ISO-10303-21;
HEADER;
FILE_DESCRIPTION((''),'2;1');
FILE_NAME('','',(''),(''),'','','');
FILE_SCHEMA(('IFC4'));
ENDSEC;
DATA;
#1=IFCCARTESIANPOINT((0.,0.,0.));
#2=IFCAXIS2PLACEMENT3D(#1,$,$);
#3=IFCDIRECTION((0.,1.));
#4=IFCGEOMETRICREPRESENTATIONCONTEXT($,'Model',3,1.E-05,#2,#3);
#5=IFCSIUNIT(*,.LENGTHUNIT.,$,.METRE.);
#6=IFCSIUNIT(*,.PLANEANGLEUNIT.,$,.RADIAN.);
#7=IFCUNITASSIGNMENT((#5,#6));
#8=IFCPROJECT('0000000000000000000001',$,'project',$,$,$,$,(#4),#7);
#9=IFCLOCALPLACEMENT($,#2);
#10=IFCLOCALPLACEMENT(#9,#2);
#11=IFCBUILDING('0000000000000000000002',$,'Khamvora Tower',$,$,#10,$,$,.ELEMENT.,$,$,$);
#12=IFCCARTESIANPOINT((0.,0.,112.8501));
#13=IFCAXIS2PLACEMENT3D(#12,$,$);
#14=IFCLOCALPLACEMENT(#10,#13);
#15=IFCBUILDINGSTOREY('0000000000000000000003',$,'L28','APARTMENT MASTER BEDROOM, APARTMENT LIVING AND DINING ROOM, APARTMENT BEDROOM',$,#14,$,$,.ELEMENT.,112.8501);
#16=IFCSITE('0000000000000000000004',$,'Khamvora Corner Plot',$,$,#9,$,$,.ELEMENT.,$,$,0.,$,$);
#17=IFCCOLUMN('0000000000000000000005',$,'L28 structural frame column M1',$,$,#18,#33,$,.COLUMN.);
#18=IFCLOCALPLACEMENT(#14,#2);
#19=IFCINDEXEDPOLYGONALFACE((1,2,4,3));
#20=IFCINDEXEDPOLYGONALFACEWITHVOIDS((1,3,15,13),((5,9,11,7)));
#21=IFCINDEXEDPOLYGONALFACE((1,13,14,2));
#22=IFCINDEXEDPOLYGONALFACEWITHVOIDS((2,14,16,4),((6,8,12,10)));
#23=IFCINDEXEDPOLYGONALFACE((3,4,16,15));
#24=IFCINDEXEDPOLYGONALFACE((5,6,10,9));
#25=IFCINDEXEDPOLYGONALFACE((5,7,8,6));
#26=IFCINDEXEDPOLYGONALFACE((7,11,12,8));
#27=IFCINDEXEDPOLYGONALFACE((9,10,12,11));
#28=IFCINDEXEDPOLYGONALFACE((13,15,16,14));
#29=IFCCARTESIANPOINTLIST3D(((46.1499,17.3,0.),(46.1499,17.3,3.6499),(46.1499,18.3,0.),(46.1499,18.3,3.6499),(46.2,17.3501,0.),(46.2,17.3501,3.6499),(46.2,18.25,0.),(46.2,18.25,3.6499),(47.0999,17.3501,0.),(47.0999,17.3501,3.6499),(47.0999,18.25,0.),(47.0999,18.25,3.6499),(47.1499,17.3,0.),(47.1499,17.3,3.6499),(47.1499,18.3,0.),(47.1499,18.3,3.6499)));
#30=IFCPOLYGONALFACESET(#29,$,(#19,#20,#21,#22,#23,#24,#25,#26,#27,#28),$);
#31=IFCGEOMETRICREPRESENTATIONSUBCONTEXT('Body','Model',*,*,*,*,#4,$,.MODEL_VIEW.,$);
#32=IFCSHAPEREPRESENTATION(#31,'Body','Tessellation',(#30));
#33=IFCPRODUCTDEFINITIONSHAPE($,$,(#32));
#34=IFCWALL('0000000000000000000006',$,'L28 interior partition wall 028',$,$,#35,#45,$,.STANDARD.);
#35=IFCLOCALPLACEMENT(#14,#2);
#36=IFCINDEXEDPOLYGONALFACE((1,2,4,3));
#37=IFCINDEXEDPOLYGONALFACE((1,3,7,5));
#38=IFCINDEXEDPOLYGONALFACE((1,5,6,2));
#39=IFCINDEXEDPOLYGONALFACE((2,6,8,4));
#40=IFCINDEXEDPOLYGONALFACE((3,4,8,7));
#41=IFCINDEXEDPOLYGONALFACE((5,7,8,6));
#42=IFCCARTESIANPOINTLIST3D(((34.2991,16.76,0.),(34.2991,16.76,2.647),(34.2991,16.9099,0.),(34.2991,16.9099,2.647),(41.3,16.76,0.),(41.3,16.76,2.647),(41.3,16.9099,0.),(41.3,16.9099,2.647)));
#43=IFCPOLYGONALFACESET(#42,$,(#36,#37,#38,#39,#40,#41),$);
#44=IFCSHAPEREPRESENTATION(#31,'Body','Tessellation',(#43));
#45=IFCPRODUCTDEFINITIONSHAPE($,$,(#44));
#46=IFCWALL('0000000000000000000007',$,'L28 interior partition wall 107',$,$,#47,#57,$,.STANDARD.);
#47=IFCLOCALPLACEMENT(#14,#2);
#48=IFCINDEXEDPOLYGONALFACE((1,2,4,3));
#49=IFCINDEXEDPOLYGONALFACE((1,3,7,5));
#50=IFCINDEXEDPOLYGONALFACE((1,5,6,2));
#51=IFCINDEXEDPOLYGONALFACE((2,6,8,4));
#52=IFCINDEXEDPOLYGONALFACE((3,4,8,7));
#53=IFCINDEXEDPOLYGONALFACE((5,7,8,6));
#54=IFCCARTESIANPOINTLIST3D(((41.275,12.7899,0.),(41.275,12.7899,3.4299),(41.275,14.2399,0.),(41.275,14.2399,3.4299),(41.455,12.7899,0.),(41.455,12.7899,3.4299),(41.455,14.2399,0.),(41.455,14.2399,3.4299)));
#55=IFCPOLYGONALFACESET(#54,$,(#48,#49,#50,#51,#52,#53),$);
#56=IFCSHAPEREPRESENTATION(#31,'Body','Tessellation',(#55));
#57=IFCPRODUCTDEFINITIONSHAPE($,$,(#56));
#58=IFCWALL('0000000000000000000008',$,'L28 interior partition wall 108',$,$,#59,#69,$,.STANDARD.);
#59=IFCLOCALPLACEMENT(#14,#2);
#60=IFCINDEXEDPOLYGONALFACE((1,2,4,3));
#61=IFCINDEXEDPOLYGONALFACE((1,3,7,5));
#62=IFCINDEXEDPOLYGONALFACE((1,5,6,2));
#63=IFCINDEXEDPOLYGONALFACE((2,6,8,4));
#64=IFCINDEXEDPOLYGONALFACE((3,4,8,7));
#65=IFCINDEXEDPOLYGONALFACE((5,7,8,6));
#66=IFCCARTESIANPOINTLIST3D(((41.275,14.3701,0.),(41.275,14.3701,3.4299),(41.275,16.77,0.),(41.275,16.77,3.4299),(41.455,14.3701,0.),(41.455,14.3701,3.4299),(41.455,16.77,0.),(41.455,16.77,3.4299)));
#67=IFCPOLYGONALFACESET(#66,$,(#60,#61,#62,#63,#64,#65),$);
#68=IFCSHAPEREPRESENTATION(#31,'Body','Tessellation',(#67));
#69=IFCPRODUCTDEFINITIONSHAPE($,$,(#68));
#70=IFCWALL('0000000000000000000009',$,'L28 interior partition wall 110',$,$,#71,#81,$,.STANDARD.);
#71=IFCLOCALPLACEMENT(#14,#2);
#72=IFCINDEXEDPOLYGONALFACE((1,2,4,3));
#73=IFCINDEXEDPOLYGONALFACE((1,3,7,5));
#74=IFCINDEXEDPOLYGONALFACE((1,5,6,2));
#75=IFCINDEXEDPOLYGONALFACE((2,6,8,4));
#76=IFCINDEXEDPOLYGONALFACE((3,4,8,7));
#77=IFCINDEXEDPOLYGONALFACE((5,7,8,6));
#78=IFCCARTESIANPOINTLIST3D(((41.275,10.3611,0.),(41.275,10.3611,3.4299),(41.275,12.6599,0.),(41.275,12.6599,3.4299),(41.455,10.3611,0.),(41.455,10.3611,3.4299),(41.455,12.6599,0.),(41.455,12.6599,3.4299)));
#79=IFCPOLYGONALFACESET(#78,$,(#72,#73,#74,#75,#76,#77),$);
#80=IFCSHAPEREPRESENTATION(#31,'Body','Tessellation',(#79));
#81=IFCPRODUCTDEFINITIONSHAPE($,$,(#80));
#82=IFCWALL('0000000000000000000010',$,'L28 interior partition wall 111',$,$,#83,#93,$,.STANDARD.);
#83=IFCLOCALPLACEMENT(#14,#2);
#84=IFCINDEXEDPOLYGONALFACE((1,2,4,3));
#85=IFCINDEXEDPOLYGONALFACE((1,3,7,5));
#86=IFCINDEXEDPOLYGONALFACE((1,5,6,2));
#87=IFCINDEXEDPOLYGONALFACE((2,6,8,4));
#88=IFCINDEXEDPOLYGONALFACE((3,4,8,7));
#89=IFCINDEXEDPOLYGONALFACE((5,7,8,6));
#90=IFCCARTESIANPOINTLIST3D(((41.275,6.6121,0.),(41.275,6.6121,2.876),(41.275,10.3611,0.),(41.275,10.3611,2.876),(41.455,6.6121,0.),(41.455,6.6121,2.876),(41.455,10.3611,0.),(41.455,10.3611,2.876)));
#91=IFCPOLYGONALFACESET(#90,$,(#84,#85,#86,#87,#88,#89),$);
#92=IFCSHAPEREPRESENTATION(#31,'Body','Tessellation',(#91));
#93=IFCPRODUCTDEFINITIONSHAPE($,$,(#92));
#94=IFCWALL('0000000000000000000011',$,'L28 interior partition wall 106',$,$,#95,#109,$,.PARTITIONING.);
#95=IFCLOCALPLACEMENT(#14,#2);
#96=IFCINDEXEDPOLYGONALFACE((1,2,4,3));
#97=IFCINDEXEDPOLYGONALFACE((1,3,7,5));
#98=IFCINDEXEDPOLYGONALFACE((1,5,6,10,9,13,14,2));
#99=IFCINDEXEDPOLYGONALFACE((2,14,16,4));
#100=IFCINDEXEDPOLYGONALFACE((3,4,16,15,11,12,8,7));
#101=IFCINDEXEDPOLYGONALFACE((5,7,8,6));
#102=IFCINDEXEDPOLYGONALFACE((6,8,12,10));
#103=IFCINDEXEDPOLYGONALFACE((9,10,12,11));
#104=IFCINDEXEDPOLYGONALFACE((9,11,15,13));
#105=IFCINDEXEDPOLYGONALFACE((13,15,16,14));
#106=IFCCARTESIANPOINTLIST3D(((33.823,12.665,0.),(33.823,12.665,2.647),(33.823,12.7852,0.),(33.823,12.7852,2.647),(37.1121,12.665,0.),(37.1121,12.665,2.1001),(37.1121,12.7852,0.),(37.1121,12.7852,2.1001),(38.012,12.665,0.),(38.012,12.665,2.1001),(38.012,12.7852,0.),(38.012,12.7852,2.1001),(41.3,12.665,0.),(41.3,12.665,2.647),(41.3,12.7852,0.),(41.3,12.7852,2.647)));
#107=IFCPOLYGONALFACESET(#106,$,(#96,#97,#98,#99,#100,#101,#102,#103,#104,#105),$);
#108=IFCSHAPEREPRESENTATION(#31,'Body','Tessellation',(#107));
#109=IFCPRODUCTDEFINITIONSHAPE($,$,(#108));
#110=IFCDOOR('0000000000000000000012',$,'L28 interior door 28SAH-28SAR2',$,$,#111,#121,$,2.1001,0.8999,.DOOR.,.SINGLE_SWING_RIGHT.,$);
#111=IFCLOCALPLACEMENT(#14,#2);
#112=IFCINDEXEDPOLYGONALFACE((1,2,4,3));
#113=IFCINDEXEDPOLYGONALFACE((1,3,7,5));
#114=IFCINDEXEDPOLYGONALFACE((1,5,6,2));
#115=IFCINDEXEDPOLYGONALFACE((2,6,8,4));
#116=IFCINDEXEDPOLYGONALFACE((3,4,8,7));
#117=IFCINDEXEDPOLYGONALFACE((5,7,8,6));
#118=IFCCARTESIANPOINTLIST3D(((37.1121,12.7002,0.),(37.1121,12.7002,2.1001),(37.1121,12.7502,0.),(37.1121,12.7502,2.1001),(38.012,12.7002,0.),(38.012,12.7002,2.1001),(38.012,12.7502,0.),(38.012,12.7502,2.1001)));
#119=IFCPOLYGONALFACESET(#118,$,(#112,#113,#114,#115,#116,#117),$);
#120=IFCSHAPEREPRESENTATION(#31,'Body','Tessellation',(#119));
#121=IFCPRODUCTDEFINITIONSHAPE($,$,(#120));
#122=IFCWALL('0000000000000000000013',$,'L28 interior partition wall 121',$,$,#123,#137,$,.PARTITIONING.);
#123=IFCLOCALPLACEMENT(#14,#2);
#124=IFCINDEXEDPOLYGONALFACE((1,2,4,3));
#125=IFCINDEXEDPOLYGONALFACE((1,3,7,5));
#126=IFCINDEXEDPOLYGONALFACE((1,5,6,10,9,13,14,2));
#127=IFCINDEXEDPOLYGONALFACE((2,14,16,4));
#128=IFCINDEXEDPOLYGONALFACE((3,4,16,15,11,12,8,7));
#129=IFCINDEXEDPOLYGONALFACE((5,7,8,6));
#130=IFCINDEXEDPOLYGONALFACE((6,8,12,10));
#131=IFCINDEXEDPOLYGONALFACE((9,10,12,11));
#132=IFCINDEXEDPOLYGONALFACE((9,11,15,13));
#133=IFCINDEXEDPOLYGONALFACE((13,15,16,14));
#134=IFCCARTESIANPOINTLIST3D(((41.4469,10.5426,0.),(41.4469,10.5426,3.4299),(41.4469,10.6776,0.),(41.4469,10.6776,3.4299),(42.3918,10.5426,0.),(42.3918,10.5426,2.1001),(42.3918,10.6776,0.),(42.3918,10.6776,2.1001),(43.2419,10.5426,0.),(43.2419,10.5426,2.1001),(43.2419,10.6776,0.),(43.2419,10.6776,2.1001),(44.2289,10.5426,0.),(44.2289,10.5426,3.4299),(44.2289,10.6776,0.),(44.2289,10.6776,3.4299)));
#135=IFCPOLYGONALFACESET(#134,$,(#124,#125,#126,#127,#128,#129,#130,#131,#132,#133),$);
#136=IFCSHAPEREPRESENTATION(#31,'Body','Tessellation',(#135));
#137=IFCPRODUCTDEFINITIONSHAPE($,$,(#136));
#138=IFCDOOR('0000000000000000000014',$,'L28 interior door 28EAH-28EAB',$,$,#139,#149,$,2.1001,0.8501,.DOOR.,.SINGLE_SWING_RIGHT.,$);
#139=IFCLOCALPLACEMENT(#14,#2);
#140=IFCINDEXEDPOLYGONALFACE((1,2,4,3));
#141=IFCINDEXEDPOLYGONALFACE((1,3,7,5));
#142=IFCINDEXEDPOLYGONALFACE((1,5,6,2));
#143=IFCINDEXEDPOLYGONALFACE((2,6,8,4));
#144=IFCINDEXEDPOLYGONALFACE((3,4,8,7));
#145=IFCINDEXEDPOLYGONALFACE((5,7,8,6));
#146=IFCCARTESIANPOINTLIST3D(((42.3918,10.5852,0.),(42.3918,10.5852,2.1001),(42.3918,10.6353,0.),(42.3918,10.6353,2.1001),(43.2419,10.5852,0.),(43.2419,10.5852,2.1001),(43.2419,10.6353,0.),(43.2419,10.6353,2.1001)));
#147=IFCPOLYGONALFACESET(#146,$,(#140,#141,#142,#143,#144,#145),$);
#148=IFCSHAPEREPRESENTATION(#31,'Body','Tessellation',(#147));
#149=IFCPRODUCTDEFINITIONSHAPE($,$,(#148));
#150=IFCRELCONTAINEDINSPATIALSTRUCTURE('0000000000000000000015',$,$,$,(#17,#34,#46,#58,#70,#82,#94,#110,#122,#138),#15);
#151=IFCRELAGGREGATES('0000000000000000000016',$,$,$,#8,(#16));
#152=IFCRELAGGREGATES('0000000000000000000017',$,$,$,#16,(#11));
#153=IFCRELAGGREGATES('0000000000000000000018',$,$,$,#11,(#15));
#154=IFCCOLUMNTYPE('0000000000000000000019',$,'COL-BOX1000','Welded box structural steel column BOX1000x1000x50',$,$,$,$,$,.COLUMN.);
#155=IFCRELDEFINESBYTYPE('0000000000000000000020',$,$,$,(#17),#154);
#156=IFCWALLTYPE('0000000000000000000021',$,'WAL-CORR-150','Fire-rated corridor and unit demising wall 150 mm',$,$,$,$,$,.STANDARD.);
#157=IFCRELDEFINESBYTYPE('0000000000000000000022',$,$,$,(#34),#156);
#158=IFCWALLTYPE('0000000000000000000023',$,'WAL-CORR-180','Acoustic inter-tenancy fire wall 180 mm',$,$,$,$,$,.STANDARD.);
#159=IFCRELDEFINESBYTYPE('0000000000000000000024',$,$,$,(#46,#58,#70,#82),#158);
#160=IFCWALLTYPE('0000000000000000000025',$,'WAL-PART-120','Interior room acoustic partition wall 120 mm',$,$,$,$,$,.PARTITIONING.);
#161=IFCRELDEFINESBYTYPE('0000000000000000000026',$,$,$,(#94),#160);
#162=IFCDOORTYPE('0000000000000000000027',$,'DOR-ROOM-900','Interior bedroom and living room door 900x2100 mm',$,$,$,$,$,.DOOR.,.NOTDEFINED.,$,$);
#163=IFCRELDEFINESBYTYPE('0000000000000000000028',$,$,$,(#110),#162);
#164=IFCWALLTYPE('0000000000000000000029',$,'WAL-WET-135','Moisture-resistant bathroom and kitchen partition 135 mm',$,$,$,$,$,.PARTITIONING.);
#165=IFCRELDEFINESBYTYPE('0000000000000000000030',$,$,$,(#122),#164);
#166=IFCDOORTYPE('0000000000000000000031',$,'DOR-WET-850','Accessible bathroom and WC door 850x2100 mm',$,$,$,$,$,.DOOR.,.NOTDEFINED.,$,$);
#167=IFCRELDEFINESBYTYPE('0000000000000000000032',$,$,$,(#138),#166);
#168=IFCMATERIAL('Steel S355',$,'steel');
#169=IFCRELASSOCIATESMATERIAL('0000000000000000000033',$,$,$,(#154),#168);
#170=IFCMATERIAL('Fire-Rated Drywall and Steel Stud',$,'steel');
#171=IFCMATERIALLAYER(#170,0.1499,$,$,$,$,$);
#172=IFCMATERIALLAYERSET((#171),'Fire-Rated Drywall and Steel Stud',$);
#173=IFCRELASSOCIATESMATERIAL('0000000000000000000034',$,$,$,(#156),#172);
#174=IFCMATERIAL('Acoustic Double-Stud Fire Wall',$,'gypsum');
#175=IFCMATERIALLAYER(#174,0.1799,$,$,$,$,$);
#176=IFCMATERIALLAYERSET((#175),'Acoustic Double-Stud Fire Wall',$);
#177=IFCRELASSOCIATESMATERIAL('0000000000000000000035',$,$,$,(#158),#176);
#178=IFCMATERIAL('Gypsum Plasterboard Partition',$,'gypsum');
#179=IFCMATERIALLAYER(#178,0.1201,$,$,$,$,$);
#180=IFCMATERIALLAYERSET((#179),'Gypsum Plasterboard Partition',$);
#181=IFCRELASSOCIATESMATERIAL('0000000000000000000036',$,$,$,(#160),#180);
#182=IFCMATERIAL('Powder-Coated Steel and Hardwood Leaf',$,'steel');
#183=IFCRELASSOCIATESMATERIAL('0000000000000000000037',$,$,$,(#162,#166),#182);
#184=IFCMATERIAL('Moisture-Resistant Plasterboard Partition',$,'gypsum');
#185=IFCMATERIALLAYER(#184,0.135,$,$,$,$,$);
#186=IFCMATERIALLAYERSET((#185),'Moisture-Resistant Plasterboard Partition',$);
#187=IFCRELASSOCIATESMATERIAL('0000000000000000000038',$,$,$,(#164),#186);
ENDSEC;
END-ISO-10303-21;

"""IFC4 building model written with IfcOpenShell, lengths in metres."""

from ifc_helpers import new_model, si_unit, direction, frame, frame_2d, origin, origin_2d, place, context, subcontext, project, spatial, rectangle, hollow_rectangle, extrude, material, layer, layer_set, material_profile, profile_set, type_object, element, fill, save


model = new_model("IFC4")

# Units and contexts
model_context = context("Model", 3, precision=1e-05, world=origin(), true_north=direction((0.0, 1.0)))
body_context = subcontext(model_context, "Body", "Model", "MODEL_VIEW")
ifc_project = project(units=[si_unit("LENGTHUNIT", "METRE"), si_unit("PLANEANGLEUNIT", "RADIAN")], contexts=[model_context])

# Site, building, storey
site_placement = place(None, origin())
site = spatial("IfcSite", under=ifc_project, at=site_placement, Name="Khamvora Corner Plot", CompositionType="ELEMENT", RefElevation=0.0)
building_placement = place(site_placement, origin())
building = spatial("IfcBuilding", under=site, at=building_placement, Name="Khamvora Tower", CompositionType="ELEMENT")
storey_placement = place(building_placement, frame((0.0, 0.0, 112.8501)))
storey = spatial("IfcBuildingStorey", under=building, at=storey_placement, Name="L28", Description="APARTMENT MASTER BEDROOM, APARTMENT LIVING AND DINING ROOM, APARTMENT BEDROOM", CompositionType="ELEMENT", Elevation=112.8501)

# Column
ifc_material_1 = material(Name="Steel S355", Category="steel")
ifc_material_profile = material_profile(ifc_material_1, hollow_rectangle(XDim=1.0, YDim=1.0, WallThickness=0.05, at=origin_2d()), Name="BOX1000x1000x50")
ifc_profile_set = profile_set([ifc_material_profile], Name="Steel S355")
column_type = type_object("IfcColumnType", Name="COL-BOX1000", Description="Welded box structural steel column BOX1000x1000x50", PredefinedType="COLUMN", material=ifc_profile_set)
column_placement = place(storey_placement, frame((46.6499, 17.8, 0.0), z_axis=(0.0, 0.0, 1.0), x_axis=(1.0, 0.0, 0.0)))
element("IfcColumn", 1, at=column_placement, inside=storey, type_object=column_type, Name="L28 structural frame column M1", PredefinedType="COLUMN", context=body_context, shape_type="SweptSolid", body=[
    extrude(hollow_rectangle(XDim=1.0, YDim=1.0, WallThickness=0.05, at=origin_2d()), origin(), (0.0, 0.0, 1.0), 3.6499),
])

# Walls
ifc_material_2 = material(Name="Fire-Rated Drywall and Steel Stud", Category="steel")
ifc_layer_1 = layer(ifc_material_2, 0.1499)
ifc_layer_set_1 = layer_set([ifc_layer_1], Name="Fire-Rated Drywall and Steel Stud")
wall_type_1 = type_object("IfcWallType", Name="WAL-CORR-150", Description="Fire-rated corridor and unit demising wall 150 mm", PredefinedType="STANDARD", material=ifc_layer_set_1)
wall_1_placement = place(storey_placement, frame((41.3, 16.835, 0.0), z_axis=(0.0, 0.0, 1.0), x_axis=(-1.0, 0.0, 0.0)))
element("IfcWall", 2, at=wall_1_placement, inside=storey, type_object=wall_type_1, Name="L28 interior partition wall 028", PredefinedType="STANDARD", context=body_context, shape_type="SweptSolid", body=[
    extrude(rectangle(XDim=7.001, YDim=0.1499, at=frame_2d((3.5005, 0.0))), origin(), (0.0, 0.0, 1.0), 2.647),
])
ifc_material_3 = material(Name="Acoustic Double-Stud Fire Wall", Category="gypsum")
ifc_layer_2 = layer(ifc_material_3, 0.1799)
ifc_layer_set_2 = layer_set([ifc_layer_2], Name="Acoustic Double-Stud Fire Wall")
wall_type_2 = type_object("IfcWallType", Name="WAL-CORR-180", Description="Acoustic inter-tenancy fire wall 180 mm", PredefinedType="STANDARD", material=ifc_layer_set_2)
wall_2_placement = place(storey_placement, frame((41.365, 14.24, 0.0), z_axis=(0.0, 0.0, 1.0), x_axis=(0.0, -1.0, 0.0)))
element("IfcWall", 3, at=wall_2_placement, inside=storey, type_object=wall_type_2, Name="L28 interior partition wall 107", PredefinedType="STANDARD", context=body_context, shape_type="SweptSolid", body=[
    extrude(rectangle(XDim=1.45, YDim=0.1799, at=frame_2d((0.7251, 0.0))), origin(), (0.0, 0.0, 1.0), 3.4299),
])
wall_3_placement = place(storey_placement, frame((41.365, 16.77, 0.0), z_axis=(0.0, 0.0, 1.0), x_axis=(0.0, -1.0, 0.0)))
element("IfcWall", 4, at=wall_3_placement, inside=storey, type_object=wall_type_2, Name="L28 interior partition wall 108", PredefinedType="STANDARD", context=body_context, shape_type="SweptSolid", body=[
    extrude(rectangle(XDim=2.3999, YDim=0.1799, at=frame_2d((1.2, 0.0))), origin(), (0.0, 0.0, 1.0), 3.4299),
])
wall_4_placement = place(storey_placement, frame((41.365, 12.6599, 0.0), z_axis=(0.0, 0.0, 1.0), x_axis=(0.0, -1.0, 0.0)))
element("IfcWall", 5, at=wall_4_placement, inside=storey, type_object=wall_type_2, Name="L28 interior partition wall 110", PredefinedType="STANDARD", context=body_context, shape_type="SweptSolid", body=[
    extrude(rectangle(XDim=2.2988, YDim=0.1799, at=frame_2d((1.1494, 0.0))), origin(), (0.0, 0.0, 1.0), 3.4299),
])
wall_5_placement = place(storey_placement, frame((41.365, 10.3611, 0.0), z_axis=(0.0, 0.0, 1.0), x_axis=(0.0, -1.0, 0.0)))
element("IfcWall", 6, at=wall_5_placement, inside=storey, type_object=wall_type_2, Name="L28 interior partition wall 111", PredefinedType="STANDARD", context=body_context, shape_type="SweptSolid", body=[
    extrude(rectangle(XDim=3.749, YDim=0.1799, at=frame_2d((1.8745, 0.0))), origin(), (0.0, 0.0, 1.0), 2.876),
])

# Walls, openings, doors
ifc_material_4 = material(Name="Gypsum Plasterboard Partition", Category="gypsum")
ifc_layer_3 = layer(ifc_material_4, 0.1201)
ifc_layer_set_3 = layer_set([ifc_layer_3], Name="Gypsum Plasterboard Partition")
wall_type_3 = type_object("IfcWallType", Name="WAL-PART-120", Description="Interior room acoustic partition wall 120 mm", PredefinedType="PARTITIONING", material=ifc_layer_set_3)
wall_6_placement = place(storey_placement, frame((41.3, 12.7251, 0.0), z_axis=(0.0, 0.0, 1.0), x_axis=(-1.0, 0.0, 0.0)))
wall_6 = element("IfcWall", 7, at=wall_6_placement, inside=storey, type_object=wall_type_3, Name="L28 interior partition wall 106", PredefinedType="PARTITIONING", context=body_context, shape_type="SweptSolid", body=[
    extrude(rectangle(XDim=7.4771, YDim=0.1201, at=frame_2d((3.7385, 0.0))), origin(), (0.0, 0.0, 1.0), 2.647),
])
opening_1_placement = place(wall_6_placement, frame((3.2881, 0.0, 0.0)))
opening_1 = element("IfcOpeningElement", 8, at=opening_1_placement, cuts=wall_6, PredefinedType="OPENING", context=body_context, shape_type="SweptSolid", body=[
    extrude(rectangle(XDim=0.8999, YDim=2.1001, at=frame_2d((0.45, 1.05))), frame((0.0, 0.0701, 0.0), z_axis=(0.0, -1.0, 0.0), x_axis=(1.0, 0.0, 0.0)), (0.0, 0.0, 1.0), 0.1401),
])
ifc_material_5 = material(Name="Powder-Coated Steel and Hardwood Leaf", Category="steel")
door_type_1 = type_object("IfcDoorType", Name="DOR-ROOM-900", Description="Interior bedroom and living room door 900x2100 mm", OperationType="NOTDEFINED", PredefinedType="DOOR", material=ifc_material_5)
door_1_placement = place(opening_1_placement, origin())
door_1 = element("IfcDoor", 9, at=door_1_placement, inside=storey, type_object=door_type_1, Name="L28 interior door 28SAH-28SAR2", OperationType="SINGLE_SWING_RIGHT", OverallHeight=2.1001, OverallWidth=0.8999, PredefinedType="DOOR", context=body_context, shape_type="SweptSolid", body=[
    extrude(rectangle(XDim=0.8999, YDim=2.1001, at=frame_2d((0.45, 1.05))), frame((0.0, 0.0249, 0.0), z_axis=(0.0, -1.0, 0.0), x_axis=(1.0, 0.0, 0.0)), (0.0, 0.0, 1.0), 0.05),
])
fill(opening_1, door_1)
ifc_material_6 = material(Name="Moisture-Resistant Plasterboard Partition", Category="gypsum")
ifc_layer_4 = layer(ifc_material_6, 0.135)
ifc_layer_set_4 = layer_set([ifc_layer_4], Name="Moisture-Resistant Plasterboard Partition")
wall_type_4 = type_object("IfcWallType", Name="WAL-WET-135", Description="Moisture-resistant bathroom and kitchen partition 135 mm", PredefinedType="PARTITIONING", material=ifc_layer_set_4)
wall_7_placement = place(storey_placement, frame((44.229, 10.6101, 0.0), z_axis=(0.0, 0.0, 1.0), x_axis=(-1.0, 0.0, 0.0)))
wall_7 = element("IfcWall", 10, at=wall_7_placement, inside=storey, type_object=wall_type_4, Name="L28 interior partition wall 121", PredefinedType="PARTITIONING", context=body_context, shape_type="SweptSolid", body=[
    extrude(rectangle(XDim=2.782, YDim=0.135, at=frame_2d((1.3911, 0.0))), origin(), (0.0, 0.0, 1.0), 3.4299),
])
opening_2_placement = place(wall_7_placement, frame((0.9871, 0.0, 0.0)))
opening_2 = element("IfcOpeningElement", 11, at=opening_2_placement, cuts=wall_7, PredefinedType="OPENING", context=body_context, shape_type="SweptSolid", body=[
    extrude(rectangle(XDim=0.8501, YDim=2.1001, at=frame_2d((0.425, 1.05))), frame((0.0, 0.0774, 0.0), z_axis=(0.0, -1.0, 0.0), x_axis=(1.0, 0.0, 0.0)), (0.0, 0.0, 1.0), 0.155),
])
door_type_2 = type_object("IfcDoorType", Name="DOR-WET-850", Description="Accessible bathroom and WC door 850x2100 mm", OperationType="NOTDEFINED", PredefinedType="DOOR", material=ifc_material_5)
door_2_placement = place(opening_2_placement, origin())
door_2 = element("IfcDoor", 12, at=door_2_placement, inside=storey, type_object=door_type_2, Name="L28 interior door 28EAH-28EAB", OperationType="SINGLE_SWING_RIGHT", OverallHeight=2.1001, OverallWidth=0.8501, PredefinedType="DOOR", context=body_context, shape_type="SweptSolid", body=[
    extrude(rectangle(XDim=0.8501, YDim=2.1001, at=frame_2d((0.425, 1.05))), frame((0.0, 0.0249, 0.0), z_axis=(0.0, -1.0, 0.0), x_axis=(1.0, 0.0, 0.0)), (0.0, 0.0, 1.0), 0.05),
])
fill(opening_2, door_2)

save(model, "model.ifc")
